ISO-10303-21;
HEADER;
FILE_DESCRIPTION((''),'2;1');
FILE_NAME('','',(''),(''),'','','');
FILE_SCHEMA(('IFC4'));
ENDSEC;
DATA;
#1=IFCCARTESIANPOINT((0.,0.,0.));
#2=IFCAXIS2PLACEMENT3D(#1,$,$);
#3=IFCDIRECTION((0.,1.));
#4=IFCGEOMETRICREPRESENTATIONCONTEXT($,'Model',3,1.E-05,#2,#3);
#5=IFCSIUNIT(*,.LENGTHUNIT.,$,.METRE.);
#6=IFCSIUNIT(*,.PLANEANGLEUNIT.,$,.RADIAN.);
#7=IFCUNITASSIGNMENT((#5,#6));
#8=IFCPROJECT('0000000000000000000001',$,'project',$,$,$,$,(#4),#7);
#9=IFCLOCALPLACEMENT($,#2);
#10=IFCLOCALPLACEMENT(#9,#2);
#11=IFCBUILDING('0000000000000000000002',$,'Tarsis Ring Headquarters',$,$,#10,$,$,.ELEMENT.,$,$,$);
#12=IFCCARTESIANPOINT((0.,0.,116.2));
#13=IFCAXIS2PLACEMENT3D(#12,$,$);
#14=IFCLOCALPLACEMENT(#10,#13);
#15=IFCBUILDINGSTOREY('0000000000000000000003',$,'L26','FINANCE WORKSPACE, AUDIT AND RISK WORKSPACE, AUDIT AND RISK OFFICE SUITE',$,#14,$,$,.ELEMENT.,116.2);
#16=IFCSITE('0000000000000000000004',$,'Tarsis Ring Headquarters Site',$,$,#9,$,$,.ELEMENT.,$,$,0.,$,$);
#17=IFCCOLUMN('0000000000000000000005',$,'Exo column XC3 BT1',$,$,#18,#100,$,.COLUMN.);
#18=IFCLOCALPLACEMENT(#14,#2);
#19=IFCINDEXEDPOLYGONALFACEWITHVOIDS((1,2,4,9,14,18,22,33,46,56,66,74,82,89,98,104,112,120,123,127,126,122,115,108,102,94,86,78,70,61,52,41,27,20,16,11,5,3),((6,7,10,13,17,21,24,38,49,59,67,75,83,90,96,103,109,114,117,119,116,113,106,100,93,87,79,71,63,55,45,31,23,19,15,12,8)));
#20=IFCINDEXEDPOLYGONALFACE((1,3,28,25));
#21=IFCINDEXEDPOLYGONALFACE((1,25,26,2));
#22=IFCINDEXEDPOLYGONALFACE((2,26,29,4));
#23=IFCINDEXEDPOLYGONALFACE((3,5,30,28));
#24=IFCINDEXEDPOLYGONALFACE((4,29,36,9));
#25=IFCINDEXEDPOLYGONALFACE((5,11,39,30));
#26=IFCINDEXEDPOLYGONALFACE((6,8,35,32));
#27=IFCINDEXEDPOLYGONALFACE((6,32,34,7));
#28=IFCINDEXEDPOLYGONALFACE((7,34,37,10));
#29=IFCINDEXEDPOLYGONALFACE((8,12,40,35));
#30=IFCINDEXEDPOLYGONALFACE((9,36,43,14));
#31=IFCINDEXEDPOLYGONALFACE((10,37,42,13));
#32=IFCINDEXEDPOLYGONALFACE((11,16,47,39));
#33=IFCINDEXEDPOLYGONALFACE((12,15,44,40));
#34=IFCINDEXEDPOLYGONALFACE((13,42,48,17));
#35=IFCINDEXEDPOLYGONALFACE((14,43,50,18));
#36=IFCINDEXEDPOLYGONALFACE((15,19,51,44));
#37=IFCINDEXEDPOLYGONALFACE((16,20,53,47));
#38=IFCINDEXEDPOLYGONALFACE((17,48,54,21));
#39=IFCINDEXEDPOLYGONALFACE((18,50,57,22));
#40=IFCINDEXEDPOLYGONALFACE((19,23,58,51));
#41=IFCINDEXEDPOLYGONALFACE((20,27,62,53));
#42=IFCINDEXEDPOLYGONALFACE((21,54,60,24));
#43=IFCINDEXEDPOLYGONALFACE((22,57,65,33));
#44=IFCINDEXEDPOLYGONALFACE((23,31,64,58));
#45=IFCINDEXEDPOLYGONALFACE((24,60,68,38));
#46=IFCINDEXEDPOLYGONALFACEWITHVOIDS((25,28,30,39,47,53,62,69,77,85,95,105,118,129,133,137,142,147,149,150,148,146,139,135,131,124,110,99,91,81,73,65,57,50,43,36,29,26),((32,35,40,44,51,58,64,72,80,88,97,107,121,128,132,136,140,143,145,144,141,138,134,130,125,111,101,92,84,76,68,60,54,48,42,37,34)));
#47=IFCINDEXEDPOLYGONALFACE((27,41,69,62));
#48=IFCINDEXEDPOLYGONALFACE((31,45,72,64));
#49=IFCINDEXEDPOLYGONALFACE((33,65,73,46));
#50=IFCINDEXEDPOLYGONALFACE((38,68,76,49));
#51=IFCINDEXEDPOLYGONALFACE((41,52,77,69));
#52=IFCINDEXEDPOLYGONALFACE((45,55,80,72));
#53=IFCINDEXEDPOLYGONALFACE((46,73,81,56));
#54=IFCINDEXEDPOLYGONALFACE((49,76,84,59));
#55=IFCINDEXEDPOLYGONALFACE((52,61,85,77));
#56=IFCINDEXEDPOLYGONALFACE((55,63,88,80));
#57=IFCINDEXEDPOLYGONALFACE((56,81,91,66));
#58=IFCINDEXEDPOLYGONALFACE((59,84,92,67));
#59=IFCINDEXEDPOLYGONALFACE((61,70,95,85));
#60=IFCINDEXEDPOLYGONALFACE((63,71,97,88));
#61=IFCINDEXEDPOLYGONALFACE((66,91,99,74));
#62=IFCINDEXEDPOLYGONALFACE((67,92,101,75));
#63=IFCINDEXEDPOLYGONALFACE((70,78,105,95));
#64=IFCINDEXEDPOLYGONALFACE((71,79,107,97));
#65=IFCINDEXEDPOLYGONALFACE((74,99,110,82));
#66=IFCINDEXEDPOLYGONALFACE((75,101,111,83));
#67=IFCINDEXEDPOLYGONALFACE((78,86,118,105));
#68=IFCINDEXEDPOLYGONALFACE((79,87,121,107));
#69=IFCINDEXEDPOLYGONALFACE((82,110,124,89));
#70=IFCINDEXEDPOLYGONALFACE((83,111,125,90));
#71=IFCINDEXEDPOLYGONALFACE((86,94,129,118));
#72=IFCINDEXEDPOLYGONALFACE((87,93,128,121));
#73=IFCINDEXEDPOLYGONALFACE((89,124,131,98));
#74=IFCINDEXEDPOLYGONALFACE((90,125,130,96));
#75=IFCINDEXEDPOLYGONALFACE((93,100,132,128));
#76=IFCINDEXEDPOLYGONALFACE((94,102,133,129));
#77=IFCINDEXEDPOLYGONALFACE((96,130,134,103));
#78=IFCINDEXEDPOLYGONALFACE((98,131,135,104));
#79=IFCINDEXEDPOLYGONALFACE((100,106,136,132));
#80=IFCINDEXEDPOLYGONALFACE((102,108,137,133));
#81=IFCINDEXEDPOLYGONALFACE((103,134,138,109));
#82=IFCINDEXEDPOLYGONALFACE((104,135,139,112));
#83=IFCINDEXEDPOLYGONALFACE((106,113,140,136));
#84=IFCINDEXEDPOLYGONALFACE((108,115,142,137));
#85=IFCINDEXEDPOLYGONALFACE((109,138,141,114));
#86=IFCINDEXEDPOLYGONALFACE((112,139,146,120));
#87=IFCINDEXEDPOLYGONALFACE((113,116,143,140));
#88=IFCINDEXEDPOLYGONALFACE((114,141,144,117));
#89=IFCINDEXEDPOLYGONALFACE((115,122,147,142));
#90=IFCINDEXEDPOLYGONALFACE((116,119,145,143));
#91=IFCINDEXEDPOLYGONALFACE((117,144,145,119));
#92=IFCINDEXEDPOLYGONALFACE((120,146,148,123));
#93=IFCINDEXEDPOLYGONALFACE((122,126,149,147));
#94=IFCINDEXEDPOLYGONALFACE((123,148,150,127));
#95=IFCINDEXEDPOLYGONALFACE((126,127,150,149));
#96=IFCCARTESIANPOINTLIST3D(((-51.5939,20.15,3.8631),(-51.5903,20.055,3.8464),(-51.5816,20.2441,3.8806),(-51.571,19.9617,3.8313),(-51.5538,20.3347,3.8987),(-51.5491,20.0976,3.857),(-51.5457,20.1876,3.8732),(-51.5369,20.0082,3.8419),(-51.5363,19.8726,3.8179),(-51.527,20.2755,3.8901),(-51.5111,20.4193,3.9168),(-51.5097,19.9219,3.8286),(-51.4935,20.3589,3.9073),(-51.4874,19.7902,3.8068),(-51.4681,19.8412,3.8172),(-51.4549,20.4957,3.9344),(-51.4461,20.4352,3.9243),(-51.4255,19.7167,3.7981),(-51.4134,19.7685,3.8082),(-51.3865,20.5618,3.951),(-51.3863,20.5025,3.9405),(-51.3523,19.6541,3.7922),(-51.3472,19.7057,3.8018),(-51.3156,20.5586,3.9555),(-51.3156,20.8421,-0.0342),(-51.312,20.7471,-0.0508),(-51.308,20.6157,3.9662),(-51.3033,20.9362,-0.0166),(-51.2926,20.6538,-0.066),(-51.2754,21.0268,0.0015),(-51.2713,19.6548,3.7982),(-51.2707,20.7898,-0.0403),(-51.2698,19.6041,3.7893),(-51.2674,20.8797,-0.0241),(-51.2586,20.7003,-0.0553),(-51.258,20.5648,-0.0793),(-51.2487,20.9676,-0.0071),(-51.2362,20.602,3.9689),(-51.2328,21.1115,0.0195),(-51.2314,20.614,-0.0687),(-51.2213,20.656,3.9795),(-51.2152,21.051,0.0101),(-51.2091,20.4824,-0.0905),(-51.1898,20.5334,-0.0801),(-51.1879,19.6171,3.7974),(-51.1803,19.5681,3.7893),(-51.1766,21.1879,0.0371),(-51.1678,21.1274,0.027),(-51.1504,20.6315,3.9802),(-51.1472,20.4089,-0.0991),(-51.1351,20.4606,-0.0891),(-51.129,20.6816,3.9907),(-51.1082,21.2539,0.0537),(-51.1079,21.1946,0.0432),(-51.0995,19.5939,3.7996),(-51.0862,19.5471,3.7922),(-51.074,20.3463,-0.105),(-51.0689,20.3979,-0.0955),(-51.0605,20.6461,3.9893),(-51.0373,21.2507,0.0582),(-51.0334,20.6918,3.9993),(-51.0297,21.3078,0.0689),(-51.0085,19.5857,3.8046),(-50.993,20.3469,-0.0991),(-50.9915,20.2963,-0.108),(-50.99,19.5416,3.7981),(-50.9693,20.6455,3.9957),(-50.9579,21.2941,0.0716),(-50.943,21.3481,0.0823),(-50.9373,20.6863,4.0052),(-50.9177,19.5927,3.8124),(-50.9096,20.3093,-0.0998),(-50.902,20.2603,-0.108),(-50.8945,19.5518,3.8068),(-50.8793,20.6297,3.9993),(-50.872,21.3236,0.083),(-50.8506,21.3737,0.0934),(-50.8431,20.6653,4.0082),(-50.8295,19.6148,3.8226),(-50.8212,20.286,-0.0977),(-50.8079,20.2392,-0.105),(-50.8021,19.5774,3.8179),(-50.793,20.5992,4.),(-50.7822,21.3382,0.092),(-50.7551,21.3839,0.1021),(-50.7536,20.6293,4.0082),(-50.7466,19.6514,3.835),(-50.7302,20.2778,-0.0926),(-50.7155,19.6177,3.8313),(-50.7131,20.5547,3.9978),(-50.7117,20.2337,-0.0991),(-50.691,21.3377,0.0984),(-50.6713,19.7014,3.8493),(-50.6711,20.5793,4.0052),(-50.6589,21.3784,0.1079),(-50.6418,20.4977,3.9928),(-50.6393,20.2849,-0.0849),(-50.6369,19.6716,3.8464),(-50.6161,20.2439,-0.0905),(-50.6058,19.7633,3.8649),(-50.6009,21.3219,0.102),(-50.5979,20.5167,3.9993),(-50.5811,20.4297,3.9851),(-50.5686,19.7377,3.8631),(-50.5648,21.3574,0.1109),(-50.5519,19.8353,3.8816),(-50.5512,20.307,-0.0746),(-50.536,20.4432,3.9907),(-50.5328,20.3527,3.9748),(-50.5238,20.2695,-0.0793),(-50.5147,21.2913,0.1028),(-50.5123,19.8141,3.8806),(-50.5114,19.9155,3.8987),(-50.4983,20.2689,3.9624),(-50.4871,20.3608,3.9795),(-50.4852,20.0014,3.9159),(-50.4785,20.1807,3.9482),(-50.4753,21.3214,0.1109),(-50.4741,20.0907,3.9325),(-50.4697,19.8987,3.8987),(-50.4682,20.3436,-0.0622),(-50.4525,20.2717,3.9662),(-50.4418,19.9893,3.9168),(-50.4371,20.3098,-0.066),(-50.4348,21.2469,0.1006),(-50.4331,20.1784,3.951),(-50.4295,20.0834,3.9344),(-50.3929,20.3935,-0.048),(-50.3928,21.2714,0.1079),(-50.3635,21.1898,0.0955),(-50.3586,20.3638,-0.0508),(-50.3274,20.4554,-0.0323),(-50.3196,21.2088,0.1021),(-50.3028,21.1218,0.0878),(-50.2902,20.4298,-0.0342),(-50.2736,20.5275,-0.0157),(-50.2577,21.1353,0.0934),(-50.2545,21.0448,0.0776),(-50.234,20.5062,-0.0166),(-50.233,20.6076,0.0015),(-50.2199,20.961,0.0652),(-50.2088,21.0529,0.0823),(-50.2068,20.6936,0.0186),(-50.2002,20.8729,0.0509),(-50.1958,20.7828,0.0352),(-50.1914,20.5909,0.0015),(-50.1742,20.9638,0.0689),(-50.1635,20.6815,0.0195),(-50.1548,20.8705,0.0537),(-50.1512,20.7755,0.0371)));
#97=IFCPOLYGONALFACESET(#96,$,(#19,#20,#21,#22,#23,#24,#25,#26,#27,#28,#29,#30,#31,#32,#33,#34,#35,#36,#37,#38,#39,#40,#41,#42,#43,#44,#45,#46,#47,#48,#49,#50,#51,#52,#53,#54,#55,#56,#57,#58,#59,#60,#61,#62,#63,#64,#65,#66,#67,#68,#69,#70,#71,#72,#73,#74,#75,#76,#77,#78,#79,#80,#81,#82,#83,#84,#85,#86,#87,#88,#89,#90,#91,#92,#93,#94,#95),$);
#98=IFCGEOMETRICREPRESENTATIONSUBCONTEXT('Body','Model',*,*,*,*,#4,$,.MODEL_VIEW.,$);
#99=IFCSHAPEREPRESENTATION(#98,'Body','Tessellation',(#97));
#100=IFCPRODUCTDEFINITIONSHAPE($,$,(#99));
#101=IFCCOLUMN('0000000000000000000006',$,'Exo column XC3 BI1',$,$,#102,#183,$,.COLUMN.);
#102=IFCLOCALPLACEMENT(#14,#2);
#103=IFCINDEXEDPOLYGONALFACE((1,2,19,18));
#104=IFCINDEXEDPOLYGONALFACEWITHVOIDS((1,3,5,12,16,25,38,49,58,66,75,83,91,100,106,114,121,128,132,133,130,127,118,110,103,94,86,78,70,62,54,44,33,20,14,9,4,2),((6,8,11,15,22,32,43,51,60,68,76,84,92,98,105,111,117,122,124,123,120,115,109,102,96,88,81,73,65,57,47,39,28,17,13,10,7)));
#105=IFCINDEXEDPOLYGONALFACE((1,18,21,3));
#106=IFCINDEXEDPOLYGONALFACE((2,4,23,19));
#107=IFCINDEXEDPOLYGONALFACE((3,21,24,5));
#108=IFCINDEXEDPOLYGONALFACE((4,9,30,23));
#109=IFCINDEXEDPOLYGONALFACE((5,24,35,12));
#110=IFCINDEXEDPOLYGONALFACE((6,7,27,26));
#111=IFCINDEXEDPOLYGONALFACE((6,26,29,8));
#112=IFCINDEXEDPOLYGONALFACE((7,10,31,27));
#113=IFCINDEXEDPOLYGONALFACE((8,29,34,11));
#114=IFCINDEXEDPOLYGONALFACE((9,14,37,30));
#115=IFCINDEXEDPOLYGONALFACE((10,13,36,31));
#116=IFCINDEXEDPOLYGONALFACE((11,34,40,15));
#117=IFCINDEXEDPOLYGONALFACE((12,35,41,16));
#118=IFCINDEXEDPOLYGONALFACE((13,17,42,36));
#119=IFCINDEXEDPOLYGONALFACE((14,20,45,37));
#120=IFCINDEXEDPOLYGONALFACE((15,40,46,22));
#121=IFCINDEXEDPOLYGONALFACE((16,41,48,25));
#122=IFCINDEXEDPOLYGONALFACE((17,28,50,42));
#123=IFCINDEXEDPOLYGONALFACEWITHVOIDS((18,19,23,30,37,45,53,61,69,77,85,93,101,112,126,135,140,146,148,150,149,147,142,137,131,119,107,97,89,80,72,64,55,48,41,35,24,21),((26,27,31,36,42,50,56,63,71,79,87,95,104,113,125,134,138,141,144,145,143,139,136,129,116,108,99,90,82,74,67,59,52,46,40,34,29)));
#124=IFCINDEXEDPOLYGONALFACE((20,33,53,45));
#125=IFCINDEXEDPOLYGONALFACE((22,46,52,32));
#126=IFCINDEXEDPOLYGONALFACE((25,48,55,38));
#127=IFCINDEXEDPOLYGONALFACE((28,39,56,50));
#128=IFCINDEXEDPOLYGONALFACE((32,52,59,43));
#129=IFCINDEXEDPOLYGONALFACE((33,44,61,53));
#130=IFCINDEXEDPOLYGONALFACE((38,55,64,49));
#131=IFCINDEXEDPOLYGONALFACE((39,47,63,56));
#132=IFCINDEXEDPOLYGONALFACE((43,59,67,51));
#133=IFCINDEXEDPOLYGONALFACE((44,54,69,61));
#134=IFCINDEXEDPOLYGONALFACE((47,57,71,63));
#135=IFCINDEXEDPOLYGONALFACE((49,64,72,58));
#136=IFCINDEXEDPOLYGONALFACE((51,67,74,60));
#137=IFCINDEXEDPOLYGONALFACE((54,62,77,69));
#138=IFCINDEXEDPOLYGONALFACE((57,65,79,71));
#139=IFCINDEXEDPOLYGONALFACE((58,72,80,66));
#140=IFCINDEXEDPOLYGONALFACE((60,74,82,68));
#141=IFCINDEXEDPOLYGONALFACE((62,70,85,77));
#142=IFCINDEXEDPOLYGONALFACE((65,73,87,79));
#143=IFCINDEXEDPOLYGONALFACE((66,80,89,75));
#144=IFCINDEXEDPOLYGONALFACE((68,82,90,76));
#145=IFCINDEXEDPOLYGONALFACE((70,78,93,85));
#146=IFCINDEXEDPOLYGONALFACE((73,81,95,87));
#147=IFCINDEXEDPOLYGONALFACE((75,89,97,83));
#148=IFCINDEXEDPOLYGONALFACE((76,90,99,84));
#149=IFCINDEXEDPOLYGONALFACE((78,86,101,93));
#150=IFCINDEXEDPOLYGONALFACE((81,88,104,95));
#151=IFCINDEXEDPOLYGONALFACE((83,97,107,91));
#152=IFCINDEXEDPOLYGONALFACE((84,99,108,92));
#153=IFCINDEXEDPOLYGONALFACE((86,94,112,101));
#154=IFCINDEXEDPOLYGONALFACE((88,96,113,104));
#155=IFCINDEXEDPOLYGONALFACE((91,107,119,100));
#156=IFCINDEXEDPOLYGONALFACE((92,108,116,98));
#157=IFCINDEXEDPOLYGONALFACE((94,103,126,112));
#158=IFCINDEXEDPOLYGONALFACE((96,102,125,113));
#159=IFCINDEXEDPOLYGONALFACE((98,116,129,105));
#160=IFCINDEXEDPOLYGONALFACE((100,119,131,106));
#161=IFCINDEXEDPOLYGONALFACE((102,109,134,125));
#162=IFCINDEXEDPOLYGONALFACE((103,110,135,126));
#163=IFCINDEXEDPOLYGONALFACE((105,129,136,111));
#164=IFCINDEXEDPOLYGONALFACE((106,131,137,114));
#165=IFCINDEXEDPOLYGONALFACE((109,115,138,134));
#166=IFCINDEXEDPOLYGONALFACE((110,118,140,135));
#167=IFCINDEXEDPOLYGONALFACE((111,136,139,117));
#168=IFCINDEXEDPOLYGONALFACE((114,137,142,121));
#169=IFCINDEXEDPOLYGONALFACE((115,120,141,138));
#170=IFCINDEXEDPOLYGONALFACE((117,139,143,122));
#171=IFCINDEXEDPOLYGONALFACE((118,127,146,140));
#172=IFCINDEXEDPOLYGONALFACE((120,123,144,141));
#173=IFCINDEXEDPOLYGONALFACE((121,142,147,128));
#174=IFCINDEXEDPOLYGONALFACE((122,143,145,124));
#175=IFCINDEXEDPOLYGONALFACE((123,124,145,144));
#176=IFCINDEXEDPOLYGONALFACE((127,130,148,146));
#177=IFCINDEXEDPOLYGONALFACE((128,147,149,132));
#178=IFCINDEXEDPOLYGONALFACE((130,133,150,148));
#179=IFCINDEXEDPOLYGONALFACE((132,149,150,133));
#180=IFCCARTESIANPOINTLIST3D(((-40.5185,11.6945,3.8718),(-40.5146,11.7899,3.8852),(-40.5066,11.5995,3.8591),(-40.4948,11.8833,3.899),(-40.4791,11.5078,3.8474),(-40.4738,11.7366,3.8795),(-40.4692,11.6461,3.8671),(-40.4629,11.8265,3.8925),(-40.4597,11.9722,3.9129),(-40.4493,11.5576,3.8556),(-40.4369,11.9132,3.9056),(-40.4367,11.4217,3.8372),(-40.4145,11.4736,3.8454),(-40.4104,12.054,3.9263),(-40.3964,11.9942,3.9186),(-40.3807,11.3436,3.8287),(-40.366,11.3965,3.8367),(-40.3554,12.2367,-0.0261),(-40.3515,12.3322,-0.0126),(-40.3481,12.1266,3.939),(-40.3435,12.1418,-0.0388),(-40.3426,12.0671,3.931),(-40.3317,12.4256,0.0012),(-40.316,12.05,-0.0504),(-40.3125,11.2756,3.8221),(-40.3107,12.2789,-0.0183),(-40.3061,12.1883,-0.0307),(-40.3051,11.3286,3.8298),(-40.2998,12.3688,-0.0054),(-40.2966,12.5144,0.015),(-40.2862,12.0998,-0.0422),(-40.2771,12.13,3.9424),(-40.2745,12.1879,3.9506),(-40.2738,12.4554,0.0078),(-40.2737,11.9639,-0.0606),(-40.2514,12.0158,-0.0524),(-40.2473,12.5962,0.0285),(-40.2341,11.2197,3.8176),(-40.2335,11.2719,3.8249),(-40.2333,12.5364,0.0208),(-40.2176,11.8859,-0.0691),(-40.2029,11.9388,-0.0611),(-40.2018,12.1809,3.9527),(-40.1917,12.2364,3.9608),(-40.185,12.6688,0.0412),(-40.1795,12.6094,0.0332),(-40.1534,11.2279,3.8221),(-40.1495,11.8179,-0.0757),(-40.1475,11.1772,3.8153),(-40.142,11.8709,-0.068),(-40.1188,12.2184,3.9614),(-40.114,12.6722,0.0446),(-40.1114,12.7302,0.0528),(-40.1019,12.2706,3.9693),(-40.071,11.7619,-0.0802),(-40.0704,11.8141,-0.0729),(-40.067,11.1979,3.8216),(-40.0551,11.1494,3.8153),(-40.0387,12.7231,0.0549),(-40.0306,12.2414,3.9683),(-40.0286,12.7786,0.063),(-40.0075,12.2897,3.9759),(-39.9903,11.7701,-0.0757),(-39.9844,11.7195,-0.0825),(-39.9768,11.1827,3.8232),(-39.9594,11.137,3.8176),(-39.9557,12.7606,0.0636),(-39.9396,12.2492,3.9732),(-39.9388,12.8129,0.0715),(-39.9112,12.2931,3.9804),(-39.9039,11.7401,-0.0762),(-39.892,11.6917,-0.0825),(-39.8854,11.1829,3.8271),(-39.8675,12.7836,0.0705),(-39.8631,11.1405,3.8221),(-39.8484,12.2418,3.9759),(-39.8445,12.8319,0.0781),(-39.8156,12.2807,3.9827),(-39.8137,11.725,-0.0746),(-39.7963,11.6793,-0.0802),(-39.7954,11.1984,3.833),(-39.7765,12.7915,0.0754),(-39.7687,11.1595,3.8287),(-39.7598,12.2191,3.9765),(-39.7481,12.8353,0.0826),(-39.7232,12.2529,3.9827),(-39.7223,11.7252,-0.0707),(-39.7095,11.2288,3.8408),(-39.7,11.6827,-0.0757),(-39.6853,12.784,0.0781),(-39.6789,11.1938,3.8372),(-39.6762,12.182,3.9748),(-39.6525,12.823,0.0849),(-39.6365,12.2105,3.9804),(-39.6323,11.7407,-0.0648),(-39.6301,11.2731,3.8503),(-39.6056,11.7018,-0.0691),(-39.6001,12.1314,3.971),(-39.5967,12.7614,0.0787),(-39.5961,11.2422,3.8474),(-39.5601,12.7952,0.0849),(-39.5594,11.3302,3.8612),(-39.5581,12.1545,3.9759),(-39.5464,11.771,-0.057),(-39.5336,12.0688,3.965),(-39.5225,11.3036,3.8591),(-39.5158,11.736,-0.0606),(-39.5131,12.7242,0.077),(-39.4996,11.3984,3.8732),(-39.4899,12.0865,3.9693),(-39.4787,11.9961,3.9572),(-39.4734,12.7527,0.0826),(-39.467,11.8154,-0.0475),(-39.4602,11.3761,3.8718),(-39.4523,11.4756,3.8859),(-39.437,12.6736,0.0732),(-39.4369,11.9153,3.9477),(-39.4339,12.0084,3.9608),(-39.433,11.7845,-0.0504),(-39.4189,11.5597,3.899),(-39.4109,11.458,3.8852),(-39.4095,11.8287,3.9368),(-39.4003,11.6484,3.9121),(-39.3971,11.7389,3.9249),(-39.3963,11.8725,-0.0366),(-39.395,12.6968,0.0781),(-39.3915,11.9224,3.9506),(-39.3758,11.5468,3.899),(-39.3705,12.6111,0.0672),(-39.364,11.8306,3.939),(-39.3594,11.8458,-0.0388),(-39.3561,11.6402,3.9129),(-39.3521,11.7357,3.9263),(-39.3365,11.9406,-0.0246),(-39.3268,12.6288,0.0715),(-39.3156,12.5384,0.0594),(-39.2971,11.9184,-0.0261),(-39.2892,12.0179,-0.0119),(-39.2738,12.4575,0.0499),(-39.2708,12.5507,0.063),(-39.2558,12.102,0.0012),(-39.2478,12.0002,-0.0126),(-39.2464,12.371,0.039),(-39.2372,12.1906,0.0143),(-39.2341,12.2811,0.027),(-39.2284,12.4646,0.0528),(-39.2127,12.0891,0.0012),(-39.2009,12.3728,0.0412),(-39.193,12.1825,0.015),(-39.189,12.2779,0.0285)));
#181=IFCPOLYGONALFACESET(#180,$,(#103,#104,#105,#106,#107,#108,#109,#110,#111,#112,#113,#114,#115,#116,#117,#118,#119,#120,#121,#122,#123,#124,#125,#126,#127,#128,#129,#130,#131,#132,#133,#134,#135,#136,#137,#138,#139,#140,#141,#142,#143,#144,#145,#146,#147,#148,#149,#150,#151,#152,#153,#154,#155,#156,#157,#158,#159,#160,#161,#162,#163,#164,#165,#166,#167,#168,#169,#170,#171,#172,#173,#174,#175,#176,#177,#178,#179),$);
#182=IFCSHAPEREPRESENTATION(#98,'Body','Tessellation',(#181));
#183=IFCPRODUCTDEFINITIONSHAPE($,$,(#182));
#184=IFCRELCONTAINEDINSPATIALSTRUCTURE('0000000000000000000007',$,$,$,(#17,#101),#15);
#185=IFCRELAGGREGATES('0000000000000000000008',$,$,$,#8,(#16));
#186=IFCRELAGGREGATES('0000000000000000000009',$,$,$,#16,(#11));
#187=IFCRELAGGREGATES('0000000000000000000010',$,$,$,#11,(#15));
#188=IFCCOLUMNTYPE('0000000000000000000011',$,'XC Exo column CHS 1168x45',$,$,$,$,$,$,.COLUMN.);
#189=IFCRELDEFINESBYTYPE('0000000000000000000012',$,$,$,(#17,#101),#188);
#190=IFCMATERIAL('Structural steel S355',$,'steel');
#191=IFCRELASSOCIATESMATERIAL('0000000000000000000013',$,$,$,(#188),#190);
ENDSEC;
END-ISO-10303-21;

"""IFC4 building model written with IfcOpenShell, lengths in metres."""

from ifc_helpers import new_model, si_unit, direction, frame, origin, origin_2d, place, context, subcontext, project, spatial, hollow_circle, extrude, material, material_profile, profile_set, type_object, element, save


model = new_model("IFC4")

# Units and contexts
model_context = context("Model", 3, precision=1e-05, world=origin(), true_north=direction((0.0, 1.0)))
body_context = subcontext(model_context, "Body", "Model", "MODEL_VIEW")
ifc_project = project(units=[si_unit("LENGTHUNIT", "METRE"), si_unit("PLANEANGLEUNIT", "RADIAN")], contexts=[model_context])

# Site, building, storey
site_placement = place(None, origin())
site = spatial("IfcSite", under=ifc_project, at=site_placement, Name="Tarsis Ring Headquarters Site", CompositionType="ELEMENT", RefElevation=0.0)
building_placement = place(site_placement, origin())
building = spatial("IfcBuilding", under=site, at=building_placement, Name="Tarsis Ring Headquarters", CompositionType="ELEMENT")
storey_placement = place(building_placement, frame((0.0, 0.0, 116.2)))
storey = spatial("IfcBuildingStorey", under=building, at=storey_placement, Name="L26", Description="FINANCE WORKSPACE, AUDIT AND RISK WORKSPACE, AUDIT AND RISK OFFICE SUITE", CompositionType="ELEMENT", Elevation=116.2)

# Columns
ifc_material_1 = material(Name="Structural steel S355", Category="steel")
ifc_material_profile_1 = material_profile(ifc_material_1, hollow_circle(Radius=0.5842, WallThickness=0.0449, at=origin_2d()), Name="CHS 1168x45")
ifc_profile_set_1 = profile_set([ifc_material_profile_1], Name="Structural steel S355")
column_type = type_object("IfcColumnType", Name="XC Exo column CHS 1168x45", PredefinedType="COLUMN", material=ifc_profile_set_1)
column_1_placement = place(storey_placement, frame((-50.7334, 20.8088, 0.0015), z_axis=(-0.070142, -0.174431, 0.982168), x_axis=(0.927798, -0.373083, 0.0)))
element("IfcColumn", 1, at=column_1_placement, inside=storey, type_object=column_type, Name="Exo column XC3 BT1", PredefinedType="COLUMN", context=body_context, shape_type="SweptSolid", body=[
    extrude(hollow_circle(Radius=0.5842, WallThickness=0.0449, at=origin_2d()), origin(), (0.0, 0.0, 1.0), 3.968),
])
column_2_placement = place(storey_placement, frame((-39.7722, 12.2573, 0.0012), z_axis=(-0.041407, -0.137672, 0.989612), x_axis=(0.957624, -0.28802, 0.0)))
element("IfcColumn", 2, at=column_2_placement, inside=storey, type_object=column_type, Name="Exo column XC3 BI1", PredefinedType="COLUMN", context=body_context, shape_type="SweptSolid", body=[
    extrude(hollow_circle(Radius=0.5842, WallThickness=0.0449, at=origin_2d()), origin(), (0.0, 0.0, 1.0), 3.9387),
])

save(model, "model.ifc")
